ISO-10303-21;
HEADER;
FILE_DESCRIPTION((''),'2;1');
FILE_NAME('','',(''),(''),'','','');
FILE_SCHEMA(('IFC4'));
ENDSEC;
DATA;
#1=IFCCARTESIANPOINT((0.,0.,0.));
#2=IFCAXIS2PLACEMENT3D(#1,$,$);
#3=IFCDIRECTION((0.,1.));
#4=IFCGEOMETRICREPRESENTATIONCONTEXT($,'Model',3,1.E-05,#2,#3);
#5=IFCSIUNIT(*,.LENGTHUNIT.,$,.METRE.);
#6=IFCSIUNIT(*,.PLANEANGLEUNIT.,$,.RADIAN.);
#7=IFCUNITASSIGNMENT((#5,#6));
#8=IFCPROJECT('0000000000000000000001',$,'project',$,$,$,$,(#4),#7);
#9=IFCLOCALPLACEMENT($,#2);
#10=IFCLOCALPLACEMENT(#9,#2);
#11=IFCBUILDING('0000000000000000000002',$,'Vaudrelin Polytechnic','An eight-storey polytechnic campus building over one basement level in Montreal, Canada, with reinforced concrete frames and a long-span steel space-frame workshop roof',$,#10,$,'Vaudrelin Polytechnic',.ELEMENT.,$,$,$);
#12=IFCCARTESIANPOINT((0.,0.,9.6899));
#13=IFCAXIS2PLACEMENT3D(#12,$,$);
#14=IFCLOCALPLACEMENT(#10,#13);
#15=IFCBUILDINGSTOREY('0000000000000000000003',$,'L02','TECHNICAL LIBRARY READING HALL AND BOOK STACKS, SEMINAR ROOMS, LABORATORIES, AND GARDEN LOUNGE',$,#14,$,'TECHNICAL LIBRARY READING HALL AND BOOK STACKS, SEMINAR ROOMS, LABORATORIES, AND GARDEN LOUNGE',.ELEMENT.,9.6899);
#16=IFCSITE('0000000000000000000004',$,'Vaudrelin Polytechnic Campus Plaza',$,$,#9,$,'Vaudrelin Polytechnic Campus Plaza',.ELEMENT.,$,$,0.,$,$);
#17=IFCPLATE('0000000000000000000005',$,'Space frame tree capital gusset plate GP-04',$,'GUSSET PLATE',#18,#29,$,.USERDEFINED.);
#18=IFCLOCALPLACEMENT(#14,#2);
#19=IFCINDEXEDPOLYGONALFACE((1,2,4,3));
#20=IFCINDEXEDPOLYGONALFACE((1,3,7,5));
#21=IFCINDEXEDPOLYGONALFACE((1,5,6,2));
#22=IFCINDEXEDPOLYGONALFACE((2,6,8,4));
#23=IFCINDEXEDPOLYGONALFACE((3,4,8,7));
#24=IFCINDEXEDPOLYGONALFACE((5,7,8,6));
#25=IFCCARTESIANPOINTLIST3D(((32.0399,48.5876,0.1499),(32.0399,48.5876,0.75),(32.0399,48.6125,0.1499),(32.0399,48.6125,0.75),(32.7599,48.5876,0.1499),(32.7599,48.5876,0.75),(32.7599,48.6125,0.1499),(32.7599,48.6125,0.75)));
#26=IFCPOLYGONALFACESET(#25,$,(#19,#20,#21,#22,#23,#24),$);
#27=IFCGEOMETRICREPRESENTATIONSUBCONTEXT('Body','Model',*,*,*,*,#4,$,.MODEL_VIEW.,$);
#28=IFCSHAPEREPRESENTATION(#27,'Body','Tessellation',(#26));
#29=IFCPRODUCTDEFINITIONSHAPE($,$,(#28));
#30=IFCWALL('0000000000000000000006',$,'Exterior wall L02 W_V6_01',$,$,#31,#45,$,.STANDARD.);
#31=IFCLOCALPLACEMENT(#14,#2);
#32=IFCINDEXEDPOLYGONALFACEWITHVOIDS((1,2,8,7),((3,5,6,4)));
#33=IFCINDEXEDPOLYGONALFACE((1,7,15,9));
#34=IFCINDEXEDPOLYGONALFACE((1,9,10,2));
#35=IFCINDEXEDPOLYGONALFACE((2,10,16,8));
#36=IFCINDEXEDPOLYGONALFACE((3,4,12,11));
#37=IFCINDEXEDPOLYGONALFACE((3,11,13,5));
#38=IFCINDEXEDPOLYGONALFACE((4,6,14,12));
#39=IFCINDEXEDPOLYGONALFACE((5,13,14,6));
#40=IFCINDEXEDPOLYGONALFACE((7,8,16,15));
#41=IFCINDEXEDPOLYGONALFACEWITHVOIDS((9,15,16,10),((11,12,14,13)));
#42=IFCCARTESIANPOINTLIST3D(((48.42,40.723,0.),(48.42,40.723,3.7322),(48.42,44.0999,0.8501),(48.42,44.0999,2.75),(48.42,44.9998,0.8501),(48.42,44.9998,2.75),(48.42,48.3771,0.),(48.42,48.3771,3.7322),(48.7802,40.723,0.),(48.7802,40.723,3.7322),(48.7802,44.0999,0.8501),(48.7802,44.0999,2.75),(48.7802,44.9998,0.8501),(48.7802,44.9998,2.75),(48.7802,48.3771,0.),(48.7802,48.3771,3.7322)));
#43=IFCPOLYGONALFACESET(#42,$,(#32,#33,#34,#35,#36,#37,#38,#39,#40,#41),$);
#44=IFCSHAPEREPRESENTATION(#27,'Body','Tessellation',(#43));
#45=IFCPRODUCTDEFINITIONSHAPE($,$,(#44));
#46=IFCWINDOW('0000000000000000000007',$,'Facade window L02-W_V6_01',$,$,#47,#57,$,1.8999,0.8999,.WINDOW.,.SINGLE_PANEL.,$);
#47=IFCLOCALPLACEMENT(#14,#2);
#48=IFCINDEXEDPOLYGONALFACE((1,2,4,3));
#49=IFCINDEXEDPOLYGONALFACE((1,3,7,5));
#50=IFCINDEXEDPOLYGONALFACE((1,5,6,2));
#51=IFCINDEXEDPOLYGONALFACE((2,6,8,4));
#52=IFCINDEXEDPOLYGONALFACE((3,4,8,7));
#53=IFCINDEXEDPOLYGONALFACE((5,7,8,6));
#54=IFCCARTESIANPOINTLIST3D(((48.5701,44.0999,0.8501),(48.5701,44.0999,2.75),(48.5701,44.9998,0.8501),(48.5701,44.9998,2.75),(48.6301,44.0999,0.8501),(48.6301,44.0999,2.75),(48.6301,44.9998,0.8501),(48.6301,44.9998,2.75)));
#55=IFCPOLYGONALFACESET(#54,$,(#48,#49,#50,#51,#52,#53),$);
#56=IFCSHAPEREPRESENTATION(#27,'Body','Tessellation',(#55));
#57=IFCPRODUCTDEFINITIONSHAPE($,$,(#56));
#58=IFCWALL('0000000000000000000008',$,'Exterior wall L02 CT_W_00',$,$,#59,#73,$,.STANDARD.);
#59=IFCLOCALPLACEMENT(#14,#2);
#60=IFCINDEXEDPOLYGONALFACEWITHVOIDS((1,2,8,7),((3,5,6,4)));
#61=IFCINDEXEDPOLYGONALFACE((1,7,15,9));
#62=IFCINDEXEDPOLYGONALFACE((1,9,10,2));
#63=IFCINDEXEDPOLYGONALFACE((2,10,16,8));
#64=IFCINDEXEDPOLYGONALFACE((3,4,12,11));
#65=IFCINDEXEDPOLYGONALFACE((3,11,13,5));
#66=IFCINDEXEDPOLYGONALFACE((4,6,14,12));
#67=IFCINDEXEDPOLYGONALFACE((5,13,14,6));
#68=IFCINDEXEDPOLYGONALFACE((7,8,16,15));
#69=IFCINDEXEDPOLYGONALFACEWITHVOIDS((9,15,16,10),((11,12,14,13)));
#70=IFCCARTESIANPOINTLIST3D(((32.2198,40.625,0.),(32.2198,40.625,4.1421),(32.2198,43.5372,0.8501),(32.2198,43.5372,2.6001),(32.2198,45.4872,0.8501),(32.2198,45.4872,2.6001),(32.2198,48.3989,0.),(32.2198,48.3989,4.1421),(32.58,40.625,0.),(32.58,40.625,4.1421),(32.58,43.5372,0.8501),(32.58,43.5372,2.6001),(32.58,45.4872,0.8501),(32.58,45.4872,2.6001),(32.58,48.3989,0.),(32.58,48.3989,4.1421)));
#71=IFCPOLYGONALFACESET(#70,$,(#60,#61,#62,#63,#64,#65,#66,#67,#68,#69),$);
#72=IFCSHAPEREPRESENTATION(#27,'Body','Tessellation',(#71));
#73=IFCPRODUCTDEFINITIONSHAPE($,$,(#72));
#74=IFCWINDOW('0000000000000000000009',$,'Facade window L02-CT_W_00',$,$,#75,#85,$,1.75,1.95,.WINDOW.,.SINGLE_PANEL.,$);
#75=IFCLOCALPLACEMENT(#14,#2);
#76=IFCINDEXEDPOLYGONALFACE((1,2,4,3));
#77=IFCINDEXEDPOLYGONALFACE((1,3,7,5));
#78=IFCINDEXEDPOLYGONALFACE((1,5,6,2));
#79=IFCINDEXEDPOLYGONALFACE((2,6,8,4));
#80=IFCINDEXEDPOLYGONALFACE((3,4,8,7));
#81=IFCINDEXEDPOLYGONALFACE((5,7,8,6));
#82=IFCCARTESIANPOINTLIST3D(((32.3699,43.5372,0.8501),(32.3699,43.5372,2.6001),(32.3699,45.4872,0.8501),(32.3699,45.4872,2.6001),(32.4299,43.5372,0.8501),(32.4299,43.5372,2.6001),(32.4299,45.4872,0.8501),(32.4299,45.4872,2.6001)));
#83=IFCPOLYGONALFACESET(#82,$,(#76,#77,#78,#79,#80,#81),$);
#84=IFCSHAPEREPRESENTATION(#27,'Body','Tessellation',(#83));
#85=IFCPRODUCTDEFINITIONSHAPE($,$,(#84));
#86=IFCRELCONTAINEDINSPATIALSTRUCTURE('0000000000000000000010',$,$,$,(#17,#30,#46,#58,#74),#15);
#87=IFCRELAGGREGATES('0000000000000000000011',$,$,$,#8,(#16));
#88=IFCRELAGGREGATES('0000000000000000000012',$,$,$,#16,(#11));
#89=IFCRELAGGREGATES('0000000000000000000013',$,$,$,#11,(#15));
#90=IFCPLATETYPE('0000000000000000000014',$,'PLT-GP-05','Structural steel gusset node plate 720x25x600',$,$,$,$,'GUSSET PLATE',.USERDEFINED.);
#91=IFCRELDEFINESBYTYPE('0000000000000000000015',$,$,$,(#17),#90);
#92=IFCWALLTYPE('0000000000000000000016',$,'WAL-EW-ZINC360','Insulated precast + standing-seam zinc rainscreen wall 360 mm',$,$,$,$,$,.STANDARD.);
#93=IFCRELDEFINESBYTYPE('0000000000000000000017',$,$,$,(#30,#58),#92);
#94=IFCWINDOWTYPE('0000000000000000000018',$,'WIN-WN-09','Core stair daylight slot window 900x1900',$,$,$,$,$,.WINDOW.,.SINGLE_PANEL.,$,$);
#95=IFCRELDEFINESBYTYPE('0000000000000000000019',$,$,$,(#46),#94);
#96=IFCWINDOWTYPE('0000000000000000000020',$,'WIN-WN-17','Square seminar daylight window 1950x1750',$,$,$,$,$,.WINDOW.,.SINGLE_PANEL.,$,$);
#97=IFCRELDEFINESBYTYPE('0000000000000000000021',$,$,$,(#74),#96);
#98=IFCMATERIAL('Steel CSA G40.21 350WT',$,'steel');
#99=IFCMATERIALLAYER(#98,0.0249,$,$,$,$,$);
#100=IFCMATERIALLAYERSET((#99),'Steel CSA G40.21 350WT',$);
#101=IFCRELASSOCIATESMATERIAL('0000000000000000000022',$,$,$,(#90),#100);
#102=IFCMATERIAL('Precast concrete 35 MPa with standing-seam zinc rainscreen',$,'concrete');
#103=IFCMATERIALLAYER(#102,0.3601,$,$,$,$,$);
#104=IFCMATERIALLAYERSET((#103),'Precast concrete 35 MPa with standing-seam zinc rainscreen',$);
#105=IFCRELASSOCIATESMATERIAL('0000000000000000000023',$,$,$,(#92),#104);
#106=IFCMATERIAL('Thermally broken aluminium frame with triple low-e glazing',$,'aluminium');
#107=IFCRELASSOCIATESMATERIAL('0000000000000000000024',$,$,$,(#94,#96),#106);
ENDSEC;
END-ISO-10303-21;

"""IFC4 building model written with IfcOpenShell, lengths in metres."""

from ifc_helpers import new_model, si_unit, direction, frame, frame_2d, origin, origin_2d, place, context, subcontext, project, spatial, rectangle, extrude, material, layer, layer_set, type_object, element, fill, save


model = new_model("IFC4")

# Units and contexts
model_context = context("Model", 3, precision=1e-05, world=origin(), true_north=direction((0.0, 1.0)))
body_context = subcontext(model_context, "Body", "Model", "MODEL_VIEW")
ifc_project = project(units=[si_unit("LENGTHUNIT", "METRE"), si_unit("PLANEANGLEUNIT", "RADIAN")], contexts=[model_context])

# Site, building, storey
site_placement = place(None, origin())
site = spatial("IfcSite", under=ifc_project, at=site_placement, Name="Vaudrelin Polytechnic Campus Plaza", LongName="Vaudrelin Polytechnic Campus Plaza", CompositionType="ELEMENT", RefElevation=0.0)
building_placement = place(site_placement, origin())
building = spatial("IfcBuilding", under=site, at=building_placement, Name="Vaudrelin Polytechnic", Description="An eight-storey polytechnic campus building over one basement level in Montreal, Canada, with reinforced concrete frames and a long-span steel space-frame workshop roof", LongName="Vaudrelin Polytechnic", CompositionType="ELEMENT")
storey_placement = place(building_placement, frame((0.0, 0.0, 9.6899)))
storey = spatial("IfcBuildingStorey", under=building, at=storey_placement, Name="L02", Description="TECHNICAL LIBRARY READING HALL AND BOOK STACKS, SEMINAR ROOMS, LABORATORIES, AND GARDEN LOUNGE", LongName="TECHNICAL LIBRARY READING HALL AND BOOK STACKS, SEMINAR ROOMS, LABORATORIES, AND GARDEN LOUNGE", CompositionType="ELEMENT", Elevation=9.6899)

# Shared definitions
ifc_material_1 = material(Name="Steel CSA G40.21 350WT", Category="steel")

# Plate
ifc_layer_1 = layer(ifc_material_1, 0.0249)
ifc_layer_set_1 = layer_set([ifc_layer_1], Name="Steel CSA G40.21 350WT")
plate_type_1 = type_object("IfcPlateType", Name="PLT-GP-05", Description="Structural steel gusset node plate 720x25x600", ElementType="GUSSET PLATE", PredefinedType="USERDEFINED", material=ifc_layer_set_1)
plate_1_placement = place(storey_placement, frame((32.3999, 48.6001, 0.1499), z_axis=(0.0, 0.0, 1.0), x_axis=(1.0, 0.0, 0.0)))
element("IfcPlate", 1, at=plate_1_placement, inside=storey, type_object=plate_type_1, Name="Space frame tree capital gusset plate GP-04", ObjectType="GUSSET PLATE", PredefinedType="USERDEFINED", context=body_context, shape_type="SweptSolid", body=[
    extrude(rectangle(XDim=0.72, YDim=0.0249, at=origin_2d()), origin(), (0.0, 0.0, 1.0), 0.6001),
])

# Walls, openings, windows
ifc_material_2 = material(Name="Precast concrete 35 MPa with standing-seam zinc rainscreen", Category="concrete")
ifc_layer_2 = layer(ifc_material_2, 0.3601)
ifc_layer_set_2 = layer_set([ifc_layer_2], Name="Precast concrete 35 MPa with standing-seam zinc rainscreen")
wall_type = type_object("IfcWallType", Name="WAL-EW-ZINC360", Description="Insulated precast + standing-seam zinc rainscreen wall 360 mm", PredefinedType="STANDARD", material=ifc_layer_set_2)
wall_1_placement = place(storey_placement, frame((48.6001, 40.7229, 0.0), z_axis=(0.0, 0.0, 1.0), x_axis=(0.0, 1.0, 0.0)))
wall_1 = element("IfcWall", 2, at=wall_1_placement, inside=storey, type_object=wall_type, Name="Exterior wall L02 W_V6_01", PredefinedType="STANDARD", context=body_context, shape_type="SweptSolid", body=[
    extrude(rectangle(XDim=7.6541, YDim=0.3601, at=frame_2d((3.8271, 0.0))), origin(), (0.0, 0.0, 1.0), 3.7322),
])
opening_1_placement = place(wall_1_placement, frame((3.377, 0.0, 0.8501)))
opening_1 = element("IfcOpeningElement", 3, at=opening_1_placement, cuts=wall_1, PredefinedType="OPENING", context=body_context, shape_type="SweptSolid", body=[
    extrude(rectangle(XDim=0.8999, YDim=1.8999, at=frame_2d((0.45, 0.95))), frame((0.0, 0.1899, 0.0), z_axis=(0.0, -1.0, 0.0), x_axis=(1.0, 0.0, 0.0)), (0.0, 0.0, 1.0), 0.3801),
])
ifc_material_3 = material(Name="Thermally broken aluminium frame with triple low-e glazing", Category="aluminium")
window_type_1 = type_object("IfcWindowType", Name="WIN-WN-09", Description="Core stair daylight slot window 900x1900", PartitioningType="SINGLE_PANEL", PredefinedType="WINDOW", material=ifc_material_3)
window_1_placement = place(opening_1_placement, origin())
window_1 = element("IfcWindow", 4, at=window_1_placement, inside=storey, type_object=window_type_1, Name="Facade window L02-W_V6_01", OverallHeight=1.8999, OverallWidth=0.8999, PartitioningType="SINGLE_PANEL", PredefinedType="WINDOW", context=body_context, shape_type="SweptSolid", body=[
    extrude(rectangle(XDim=0.8999, YDim=1.8999, at=frame_2d((0.45, 0.95))), frame((0.0, 0.03, 0.0), z_axis=(0.0, -1.0, 0.0), x_axis=(1.0, 0.0, 0.0)), (0.0, 0.0, 1.0), 0.0601),
])
fill(opening_1, window_1)
wall_2_placement = place(storey_placement, frame((32.3999, 40.625, 0.0), z_axis=(0.0, 0.0, 1.0), x_axis=(0.0, 1.0, 0.0)))
wall_2 = element("IfcWall", 5, at=wall_2_placement, inside=storey, type_object=wall_type, Name="Exterior wall L02 CT_W_00", PredefinedType="STANDARD", context=body_context, shape_type="SweptSolid", body=[
    extrude(rectangle(XDim=7.7739, YDim=0.3601, at=frame_2d((3.887, 0.0))), origin(), (0.0, 0.0, 1.0), 4.1421),
])
opening_2_placement = place(wall_2_placement, frame((2.9121, 0.0, 0.8501)))
opening_2 = element("IfcOpeningElement", 6, at=opening_2_placement, cuts=wall_2, PredefinedType="OPENING", context=body_context, shape_type="SweptSolid", body=[
    extrude(rectangle(XDim=1.95, YDim=1.75, at=frame_2d((0.9751, 0.875))), frame((0.0, 0.1899, 0.0), z_axis=(0.0, -1.0, 0.0), x_axis=(1.0, 0.0, 0.0)), (0.0, 0.0, 1.0), 0.3801),
])
window_type_2 = type_object("IfcWindowType", Name="WIN-WN-17", Description="Square seminar daylight window 1950x1750", PartitioningType="SINGLE_PANEL", PredefinedType="WINDOW", material=ifc_material_3)
window_2_placement = place(opening_2_placement, origin())
window_2 = element("IfcWindow", 7, at=window_2_placement, inside=storey, type_object=window_type_2, Name="Facade window L02-CT_W_00", OverallHeight=1.75, OverallWidth=1.95, PartitioningType="SINGLE_PANEL", PredefinedType="WINDOW", context=body_context, shape_type="SweptSolid", body=[
    extrude(rectangle(XDim=1.95, YDim=1.75, at=frame_2d((0.9751, 0.875))), frame((0.0, 0.03, 0.0), z_axis=(0.0, -1.0, 0.0), x_axis=(1.0, 0.0, 0.0)), (0.0, 0.0, 1.0), 0.0601),
])
fill(opening_2, window_2)

save(model, "model.ifc")
